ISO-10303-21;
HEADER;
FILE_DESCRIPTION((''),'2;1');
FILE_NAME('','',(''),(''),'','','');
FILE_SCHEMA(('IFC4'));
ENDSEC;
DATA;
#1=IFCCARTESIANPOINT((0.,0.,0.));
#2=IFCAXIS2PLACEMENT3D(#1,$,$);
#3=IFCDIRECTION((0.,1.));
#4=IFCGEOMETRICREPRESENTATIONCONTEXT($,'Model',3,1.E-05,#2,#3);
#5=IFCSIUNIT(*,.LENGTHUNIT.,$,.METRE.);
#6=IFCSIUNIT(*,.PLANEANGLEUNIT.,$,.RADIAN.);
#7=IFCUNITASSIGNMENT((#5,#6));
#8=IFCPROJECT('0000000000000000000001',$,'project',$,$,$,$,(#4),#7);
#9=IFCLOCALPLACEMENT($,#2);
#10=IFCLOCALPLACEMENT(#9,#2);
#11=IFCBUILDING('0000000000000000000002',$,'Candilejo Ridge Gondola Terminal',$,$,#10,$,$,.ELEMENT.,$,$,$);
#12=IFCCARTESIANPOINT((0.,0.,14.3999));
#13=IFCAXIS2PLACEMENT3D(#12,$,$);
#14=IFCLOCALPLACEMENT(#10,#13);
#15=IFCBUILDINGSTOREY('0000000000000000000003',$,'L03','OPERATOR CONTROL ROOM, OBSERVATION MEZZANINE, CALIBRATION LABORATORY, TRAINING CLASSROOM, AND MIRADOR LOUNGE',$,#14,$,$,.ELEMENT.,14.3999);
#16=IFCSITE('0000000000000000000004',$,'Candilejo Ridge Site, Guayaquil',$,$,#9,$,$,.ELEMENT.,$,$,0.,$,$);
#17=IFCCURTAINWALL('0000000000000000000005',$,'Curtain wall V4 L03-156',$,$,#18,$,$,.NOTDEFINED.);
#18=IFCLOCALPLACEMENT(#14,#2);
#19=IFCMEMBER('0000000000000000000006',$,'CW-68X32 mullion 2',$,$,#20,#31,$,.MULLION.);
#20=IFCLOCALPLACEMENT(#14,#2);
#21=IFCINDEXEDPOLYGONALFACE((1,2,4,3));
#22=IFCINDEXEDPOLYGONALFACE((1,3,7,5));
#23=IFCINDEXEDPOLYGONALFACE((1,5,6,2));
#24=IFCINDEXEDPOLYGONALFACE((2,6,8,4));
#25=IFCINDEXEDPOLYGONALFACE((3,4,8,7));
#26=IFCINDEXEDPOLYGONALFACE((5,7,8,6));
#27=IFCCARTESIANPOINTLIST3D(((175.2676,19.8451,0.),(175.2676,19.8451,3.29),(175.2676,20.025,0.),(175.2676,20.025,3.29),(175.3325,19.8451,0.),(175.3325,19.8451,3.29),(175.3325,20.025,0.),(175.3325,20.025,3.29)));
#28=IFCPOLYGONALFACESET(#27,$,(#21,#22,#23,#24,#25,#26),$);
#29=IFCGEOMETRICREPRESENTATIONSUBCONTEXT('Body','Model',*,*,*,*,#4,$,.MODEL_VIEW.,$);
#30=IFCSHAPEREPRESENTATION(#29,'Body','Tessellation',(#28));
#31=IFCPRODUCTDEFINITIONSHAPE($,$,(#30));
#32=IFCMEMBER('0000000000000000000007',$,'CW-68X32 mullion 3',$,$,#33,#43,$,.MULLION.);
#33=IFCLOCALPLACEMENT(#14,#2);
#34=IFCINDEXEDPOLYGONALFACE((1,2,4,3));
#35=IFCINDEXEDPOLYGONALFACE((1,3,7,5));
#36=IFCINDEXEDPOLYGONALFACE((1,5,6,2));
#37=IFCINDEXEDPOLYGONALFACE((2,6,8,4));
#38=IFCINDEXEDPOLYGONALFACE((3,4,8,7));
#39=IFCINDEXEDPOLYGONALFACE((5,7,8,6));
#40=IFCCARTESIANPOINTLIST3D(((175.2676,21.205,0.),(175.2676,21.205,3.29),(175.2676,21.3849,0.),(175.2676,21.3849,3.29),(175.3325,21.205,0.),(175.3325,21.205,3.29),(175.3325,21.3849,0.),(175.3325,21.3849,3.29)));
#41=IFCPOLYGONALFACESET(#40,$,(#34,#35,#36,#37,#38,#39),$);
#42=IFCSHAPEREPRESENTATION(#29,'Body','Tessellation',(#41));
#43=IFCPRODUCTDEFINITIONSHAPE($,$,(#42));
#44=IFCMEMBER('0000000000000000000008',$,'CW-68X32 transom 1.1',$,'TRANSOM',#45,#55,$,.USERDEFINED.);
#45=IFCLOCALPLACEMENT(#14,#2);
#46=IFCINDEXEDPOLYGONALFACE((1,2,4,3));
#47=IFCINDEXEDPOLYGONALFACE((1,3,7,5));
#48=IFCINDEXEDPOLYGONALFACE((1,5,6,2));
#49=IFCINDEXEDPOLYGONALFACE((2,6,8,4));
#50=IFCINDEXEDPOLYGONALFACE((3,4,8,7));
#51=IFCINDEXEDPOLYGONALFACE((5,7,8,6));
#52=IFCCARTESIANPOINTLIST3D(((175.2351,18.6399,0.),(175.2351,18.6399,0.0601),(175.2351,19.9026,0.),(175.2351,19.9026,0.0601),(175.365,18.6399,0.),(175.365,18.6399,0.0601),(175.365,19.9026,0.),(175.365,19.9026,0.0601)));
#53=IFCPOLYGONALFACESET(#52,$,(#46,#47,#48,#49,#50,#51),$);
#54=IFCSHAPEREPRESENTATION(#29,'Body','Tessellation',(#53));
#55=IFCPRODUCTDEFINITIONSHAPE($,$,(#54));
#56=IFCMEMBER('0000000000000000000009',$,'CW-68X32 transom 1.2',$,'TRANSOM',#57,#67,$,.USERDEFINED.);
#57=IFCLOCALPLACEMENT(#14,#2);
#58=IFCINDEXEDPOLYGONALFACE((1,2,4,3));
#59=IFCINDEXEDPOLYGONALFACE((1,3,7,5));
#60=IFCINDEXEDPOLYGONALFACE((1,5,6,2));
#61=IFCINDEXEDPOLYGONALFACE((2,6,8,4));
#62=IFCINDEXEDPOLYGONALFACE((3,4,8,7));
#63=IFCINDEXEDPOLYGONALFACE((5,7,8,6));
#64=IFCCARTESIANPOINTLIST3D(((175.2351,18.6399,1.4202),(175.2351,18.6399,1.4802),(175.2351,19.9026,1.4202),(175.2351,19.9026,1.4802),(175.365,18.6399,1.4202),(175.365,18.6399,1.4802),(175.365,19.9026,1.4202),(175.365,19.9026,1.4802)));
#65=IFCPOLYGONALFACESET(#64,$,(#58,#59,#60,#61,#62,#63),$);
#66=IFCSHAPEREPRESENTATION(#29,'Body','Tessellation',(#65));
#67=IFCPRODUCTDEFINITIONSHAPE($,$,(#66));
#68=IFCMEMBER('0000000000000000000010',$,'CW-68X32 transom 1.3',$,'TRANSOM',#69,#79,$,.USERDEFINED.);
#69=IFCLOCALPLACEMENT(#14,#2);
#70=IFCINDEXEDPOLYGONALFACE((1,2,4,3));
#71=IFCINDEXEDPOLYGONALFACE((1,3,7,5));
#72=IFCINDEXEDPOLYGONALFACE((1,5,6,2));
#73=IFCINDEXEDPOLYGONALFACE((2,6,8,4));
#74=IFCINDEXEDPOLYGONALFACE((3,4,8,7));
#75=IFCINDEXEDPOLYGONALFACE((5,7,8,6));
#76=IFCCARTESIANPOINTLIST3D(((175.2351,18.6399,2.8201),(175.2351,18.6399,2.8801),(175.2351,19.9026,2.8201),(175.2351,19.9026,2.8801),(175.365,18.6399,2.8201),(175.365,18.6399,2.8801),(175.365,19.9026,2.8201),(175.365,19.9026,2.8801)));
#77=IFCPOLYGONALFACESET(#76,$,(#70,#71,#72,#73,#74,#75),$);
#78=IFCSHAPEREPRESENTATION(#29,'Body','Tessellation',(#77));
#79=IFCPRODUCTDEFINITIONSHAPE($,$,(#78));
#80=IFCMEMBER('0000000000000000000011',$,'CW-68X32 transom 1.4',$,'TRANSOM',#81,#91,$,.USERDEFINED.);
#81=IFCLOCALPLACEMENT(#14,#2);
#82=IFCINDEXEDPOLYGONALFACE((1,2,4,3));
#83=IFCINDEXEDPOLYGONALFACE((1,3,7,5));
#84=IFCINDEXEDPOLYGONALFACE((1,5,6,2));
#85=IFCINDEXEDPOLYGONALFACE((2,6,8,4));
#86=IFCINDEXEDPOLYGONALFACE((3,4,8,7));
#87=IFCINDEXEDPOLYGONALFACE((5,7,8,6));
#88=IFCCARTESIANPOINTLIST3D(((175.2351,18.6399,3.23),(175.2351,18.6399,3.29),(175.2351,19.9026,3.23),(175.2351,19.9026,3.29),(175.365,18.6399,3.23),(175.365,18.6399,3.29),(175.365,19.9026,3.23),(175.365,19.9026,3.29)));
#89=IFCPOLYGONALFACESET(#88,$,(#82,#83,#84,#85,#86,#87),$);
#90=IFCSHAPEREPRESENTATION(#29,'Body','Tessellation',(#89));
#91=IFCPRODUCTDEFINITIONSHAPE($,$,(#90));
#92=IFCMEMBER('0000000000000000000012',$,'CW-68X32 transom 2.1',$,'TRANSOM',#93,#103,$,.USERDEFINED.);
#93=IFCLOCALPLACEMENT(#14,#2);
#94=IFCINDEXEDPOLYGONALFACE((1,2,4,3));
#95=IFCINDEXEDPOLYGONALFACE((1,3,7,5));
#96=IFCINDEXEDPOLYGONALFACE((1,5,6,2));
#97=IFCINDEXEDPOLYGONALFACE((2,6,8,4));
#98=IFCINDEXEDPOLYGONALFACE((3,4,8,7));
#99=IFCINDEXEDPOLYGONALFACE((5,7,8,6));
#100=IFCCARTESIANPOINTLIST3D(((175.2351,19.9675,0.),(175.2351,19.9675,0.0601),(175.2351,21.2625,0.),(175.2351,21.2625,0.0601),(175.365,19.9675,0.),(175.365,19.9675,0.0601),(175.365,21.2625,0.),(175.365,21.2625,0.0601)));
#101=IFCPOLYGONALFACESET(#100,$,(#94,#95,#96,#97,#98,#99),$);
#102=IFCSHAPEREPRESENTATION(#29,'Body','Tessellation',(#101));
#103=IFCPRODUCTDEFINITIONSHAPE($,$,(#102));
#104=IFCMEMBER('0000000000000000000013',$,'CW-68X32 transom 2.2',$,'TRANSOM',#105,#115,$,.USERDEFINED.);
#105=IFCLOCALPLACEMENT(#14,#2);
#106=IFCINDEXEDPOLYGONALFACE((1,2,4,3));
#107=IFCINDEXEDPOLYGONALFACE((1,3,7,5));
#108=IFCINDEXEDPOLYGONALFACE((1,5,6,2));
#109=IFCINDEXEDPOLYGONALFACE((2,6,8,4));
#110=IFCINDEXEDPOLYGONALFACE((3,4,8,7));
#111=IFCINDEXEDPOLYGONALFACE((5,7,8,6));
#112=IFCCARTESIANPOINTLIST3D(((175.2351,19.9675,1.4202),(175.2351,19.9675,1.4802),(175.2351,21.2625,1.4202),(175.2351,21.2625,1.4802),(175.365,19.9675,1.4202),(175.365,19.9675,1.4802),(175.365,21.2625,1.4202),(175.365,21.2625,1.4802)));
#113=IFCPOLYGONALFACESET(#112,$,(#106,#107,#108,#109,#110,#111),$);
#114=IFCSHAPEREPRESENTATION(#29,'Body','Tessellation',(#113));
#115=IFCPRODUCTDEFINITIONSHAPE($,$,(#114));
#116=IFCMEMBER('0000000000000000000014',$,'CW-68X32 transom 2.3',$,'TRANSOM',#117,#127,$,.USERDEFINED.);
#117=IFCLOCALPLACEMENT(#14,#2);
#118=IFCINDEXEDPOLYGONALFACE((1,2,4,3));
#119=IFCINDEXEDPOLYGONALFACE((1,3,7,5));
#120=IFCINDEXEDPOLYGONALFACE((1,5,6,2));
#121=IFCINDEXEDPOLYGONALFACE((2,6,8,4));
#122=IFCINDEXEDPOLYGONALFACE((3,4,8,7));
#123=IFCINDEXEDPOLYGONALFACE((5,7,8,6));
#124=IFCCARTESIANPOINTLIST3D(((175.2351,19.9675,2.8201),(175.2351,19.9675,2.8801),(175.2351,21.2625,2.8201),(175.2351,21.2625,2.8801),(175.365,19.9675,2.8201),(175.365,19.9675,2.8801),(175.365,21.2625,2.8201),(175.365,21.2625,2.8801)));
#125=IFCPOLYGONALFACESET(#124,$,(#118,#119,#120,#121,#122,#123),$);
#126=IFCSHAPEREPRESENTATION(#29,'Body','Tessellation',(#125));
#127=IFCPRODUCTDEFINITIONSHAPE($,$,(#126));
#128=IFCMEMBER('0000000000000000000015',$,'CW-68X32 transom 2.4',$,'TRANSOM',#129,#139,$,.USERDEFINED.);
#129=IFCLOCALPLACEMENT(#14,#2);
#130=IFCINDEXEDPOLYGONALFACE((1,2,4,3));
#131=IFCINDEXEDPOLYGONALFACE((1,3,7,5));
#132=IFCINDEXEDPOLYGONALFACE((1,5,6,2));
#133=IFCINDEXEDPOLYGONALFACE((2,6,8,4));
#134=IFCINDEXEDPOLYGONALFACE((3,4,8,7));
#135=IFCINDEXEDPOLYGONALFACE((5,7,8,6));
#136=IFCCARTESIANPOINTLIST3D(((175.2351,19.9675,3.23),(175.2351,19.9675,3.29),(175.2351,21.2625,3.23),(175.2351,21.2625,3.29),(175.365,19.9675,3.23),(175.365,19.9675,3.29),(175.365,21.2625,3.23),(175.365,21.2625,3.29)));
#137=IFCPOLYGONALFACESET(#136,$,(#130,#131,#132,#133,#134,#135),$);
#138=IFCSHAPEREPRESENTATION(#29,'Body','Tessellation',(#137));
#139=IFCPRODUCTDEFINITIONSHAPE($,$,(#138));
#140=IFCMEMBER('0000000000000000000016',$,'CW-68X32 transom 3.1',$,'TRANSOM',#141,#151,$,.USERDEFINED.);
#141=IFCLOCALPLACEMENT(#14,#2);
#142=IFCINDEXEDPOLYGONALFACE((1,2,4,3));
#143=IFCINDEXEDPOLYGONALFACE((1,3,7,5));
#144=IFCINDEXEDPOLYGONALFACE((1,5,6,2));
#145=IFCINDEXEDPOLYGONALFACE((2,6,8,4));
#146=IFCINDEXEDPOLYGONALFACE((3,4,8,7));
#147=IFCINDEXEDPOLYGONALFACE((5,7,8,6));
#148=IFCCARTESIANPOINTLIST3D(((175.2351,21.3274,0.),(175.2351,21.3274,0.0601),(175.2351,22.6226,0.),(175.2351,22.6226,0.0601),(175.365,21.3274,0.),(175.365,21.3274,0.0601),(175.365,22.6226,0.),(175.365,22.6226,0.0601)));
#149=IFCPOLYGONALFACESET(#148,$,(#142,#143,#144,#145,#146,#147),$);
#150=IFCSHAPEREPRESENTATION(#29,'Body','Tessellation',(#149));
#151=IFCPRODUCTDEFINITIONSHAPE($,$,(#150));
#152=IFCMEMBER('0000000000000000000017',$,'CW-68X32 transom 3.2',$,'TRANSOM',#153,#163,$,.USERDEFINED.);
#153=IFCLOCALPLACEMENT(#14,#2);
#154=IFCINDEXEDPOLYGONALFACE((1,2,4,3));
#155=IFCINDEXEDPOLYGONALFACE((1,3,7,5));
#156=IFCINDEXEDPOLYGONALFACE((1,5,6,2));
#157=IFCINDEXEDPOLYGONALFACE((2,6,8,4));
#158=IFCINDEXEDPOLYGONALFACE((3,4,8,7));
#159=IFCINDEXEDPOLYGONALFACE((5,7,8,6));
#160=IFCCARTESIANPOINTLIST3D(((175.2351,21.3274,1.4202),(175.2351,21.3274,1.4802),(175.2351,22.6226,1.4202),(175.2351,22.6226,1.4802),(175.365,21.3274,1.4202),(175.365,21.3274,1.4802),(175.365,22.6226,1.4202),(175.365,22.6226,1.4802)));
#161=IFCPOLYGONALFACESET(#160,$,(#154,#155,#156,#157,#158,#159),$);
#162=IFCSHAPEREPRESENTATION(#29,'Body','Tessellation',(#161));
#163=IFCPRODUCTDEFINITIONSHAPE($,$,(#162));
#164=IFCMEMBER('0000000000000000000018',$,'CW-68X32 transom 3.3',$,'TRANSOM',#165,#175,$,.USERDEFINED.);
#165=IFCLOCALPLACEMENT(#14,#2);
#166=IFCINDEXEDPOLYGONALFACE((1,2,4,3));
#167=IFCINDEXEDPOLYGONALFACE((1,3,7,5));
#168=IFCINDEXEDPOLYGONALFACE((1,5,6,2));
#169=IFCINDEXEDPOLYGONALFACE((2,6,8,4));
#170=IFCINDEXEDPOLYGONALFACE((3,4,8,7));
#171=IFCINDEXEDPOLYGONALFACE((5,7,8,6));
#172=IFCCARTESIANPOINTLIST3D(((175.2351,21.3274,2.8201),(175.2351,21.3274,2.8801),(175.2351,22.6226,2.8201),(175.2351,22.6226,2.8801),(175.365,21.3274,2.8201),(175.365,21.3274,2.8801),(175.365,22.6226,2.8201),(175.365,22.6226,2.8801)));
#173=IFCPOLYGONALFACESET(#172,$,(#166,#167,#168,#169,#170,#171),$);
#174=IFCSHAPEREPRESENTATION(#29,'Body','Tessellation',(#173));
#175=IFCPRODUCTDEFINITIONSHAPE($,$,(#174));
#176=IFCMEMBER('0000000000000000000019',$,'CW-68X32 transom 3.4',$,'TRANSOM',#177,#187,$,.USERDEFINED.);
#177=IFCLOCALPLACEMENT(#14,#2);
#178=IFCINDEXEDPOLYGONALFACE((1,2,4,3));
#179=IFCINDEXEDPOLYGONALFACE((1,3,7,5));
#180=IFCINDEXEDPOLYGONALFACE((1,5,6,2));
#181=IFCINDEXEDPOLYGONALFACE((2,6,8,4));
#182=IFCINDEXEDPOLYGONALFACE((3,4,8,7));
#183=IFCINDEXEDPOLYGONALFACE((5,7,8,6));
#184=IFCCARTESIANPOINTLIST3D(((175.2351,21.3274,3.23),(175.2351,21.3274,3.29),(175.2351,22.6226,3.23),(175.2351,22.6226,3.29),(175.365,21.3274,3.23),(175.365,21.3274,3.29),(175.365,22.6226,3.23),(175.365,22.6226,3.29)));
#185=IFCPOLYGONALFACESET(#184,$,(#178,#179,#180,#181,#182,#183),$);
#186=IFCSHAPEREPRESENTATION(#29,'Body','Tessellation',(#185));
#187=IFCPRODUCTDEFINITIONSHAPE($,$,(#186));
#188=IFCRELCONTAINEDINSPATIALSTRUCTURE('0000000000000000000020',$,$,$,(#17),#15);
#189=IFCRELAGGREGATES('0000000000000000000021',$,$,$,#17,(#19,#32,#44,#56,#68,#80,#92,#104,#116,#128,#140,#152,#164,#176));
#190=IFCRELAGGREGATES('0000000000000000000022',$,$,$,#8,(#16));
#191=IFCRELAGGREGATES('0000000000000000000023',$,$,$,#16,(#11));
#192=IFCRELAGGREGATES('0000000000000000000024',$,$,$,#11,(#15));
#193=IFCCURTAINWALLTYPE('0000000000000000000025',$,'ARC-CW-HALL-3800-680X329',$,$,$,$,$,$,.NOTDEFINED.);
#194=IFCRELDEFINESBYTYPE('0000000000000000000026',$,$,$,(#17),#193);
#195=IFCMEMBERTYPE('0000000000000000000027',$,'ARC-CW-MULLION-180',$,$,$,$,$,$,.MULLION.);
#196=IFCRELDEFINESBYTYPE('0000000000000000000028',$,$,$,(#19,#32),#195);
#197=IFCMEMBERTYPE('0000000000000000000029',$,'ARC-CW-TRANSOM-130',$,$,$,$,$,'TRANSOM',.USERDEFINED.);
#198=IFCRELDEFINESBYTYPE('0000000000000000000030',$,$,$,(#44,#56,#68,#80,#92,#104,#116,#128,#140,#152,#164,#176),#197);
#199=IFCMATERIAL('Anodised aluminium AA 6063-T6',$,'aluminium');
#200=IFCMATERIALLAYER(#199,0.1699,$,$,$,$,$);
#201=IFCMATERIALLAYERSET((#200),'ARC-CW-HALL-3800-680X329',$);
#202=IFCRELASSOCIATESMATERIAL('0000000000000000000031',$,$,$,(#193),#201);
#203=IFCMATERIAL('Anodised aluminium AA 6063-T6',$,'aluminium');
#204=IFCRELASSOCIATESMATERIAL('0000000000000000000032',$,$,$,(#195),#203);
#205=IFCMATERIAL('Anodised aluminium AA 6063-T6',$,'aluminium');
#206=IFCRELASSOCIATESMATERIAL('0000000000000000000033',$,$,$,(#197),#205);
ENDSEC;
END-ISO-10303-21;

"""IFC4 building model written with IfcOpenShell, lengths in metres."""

from ifc_helpers import new_model, si_unit, direction, frame, origin, origin_2d, place, context, subcontext, project, spatial, rectangle, extrude, material, layer, layer_set, material_profile, profile_set, type_object, element, aggregate, save


model = new_model("IFC4")

# Units and contexts
model_context = context("Model", 3, precision=1e-05, world=origin(), true_north=direction((0.0, 1.0)))
body_context = subcontext(model_context, "Body", "Model", "MODEL_VIEW")
ifc_project = project(units=[si_unit("LENGTHUNIT", "METRE"), si_unit("PLANEANGLEUNIT", "RADIAN")], contexts=[model_context])

# Site, building, storey
site_placement = place(None, origin())
site = spatial("IfcSite", under=ifc_project, at=site_placement, Name="Candilejo Ridge Site, Guayaquil", CompositionType="ELEMENT", RefElevation=0.0)
building_placement = place(site_placement, origin())
building = spatial("IfcBuilding", under=site, at=building_placement, Name="Candilejo Ridge Gondola Terminal", CompositionType="ELEMENT")
storey_placement = place(building_placement, frame((0.0, 0.0, 14.3999)))
storey = spatial("IfcBuildingStorey", under=building, at=storey_placement, Name="L03", Description="OPERATOR CONTROL ROOM, OBSERVATION MEZZANINE, CALIBRATION LABORATORY, TRAINING CLASSROOM, AND MIRADOR LOUNGE", CompositionType="ELEMENT", Elevation=14.3999)

# Curtain wall, members
ifc_material_1 = material(Name="Anodised aluminium AA 6063-T6", Category="aluminium")
ifc_layer_1 = layer(ifc_material_1, 0.1699)
ifc_layer_set_1 = layer_set([ifc_layer_1], Name="ARC-CW-HALL-3800-680X329")
curtain_wall_type = type_object("IfcCurtainWallType", Name="ARC-CW-HALL-3800-680X329", PredefinedType="NOTDEFINED", material=ifc_layer_set_1)
curtain_wall_placement = place(storey_placement, origin())
curtain_wall = element("IfcCurtainWall", 1, at=curtain_wall_placement, inside=storey, type_object=curtain_wall_type, Name="Curtain wall V4 L03-156", PredefinedType="NOTDEFINED")
ifc_material_2 = material(Name="Anodised aluminium AA 6063-T6", Category="aluminium")
ifc_material_profile_1 = material_profile(ifc_material_2, rectangle(XDim=0.0649, YDim=0.1799, at=origin_2d()))
ifc_profile_set_1 = profile_set([ifc_material_profile_1], Name="Anodised aluminium AA 6063-T6")
member_type_1 = type_object("IfcMemberType", Name="ARC-CW-MULLION-180", PredefinedType="MULLION", material=ifc_profile_set_1)
member_1_placement = place(storey_placement, frame((175.3, 19.9351, 0.0), z_axis=(0.0, 0.0, 1.0), x_axis=(-1.0, 0.0, 0.0)))
member_1 = element("IfcMember", 2, at=member_1_placement, type_object=member_type_1, Name="CW-68X32 mullion 2", PredefinedType="MULLION", context=body_context, shape_type="SweptSolid", body=[
    extrude(rectangle(XDim=0.0649, YDim=0.1799, at=origin_2d()), origin(), (0.0, 0.0, 1.0), 3.29),
])
member_2_placement = place(storey_placement, frame((175.3, 21.2949, 0.0), z_axis=(0.0, 0.0, 1.0), x_axis=(-1.0, 0.0, 0.0)))
member_2 = element("IfcMember", 3, at=member_2_placement, type_object=member_type_1, Name="CW-68X32 mullion 3", PredefinedType="MULLION", context=body_context, shape_type="SweptSolid", body=[
    extrude(rectangle(XDim=0.0649, YDim=0.1799, at=origin_2d()), origin(), (0.0, 0.0, 1.0), 3.29),
])
ifc_material_3 = material(Name="Anodised aluminium AA 6063-T6", Category="aluminium")
ifc_material_profile_2 = material_profile(ifc_material_3, rectangle(XDim=0.1299, YDim=0.0601, at=origin_2d()))
ifc_profile_set_2 = profile_set([ifc_material_profile_2], Name="Anodised aluminium AA 6063-T6")
member_type_2 = type_object("IfcMemberType", Name="ARC-CW-TRANSOM-130", ElementType="TRANSOM", PredefinedType="USERDEFINED", material=ifc_profile_set_2)
member_3_placement = place(storey_placement, frame((175.3, 18.6399, 0.03), z_axis=(0.0, 1.0, 0.0), x_axis=(-1.0, 0.0, 0.0)))
member_3 = element("IfcMember", 4, at=member_3_placement, type_object=member_type_2, Name="CW-68X32 transom 1.1", ObjectType="TRANSOM", PredefinedType="USERDEFINED", context=body_context, shape_type="SweptSolid", body=[
    extrude(rectangle(XDim=0.1299, YDim=0.0601, at=origin_2d()), origin(), (0.0, 0.0, 1.0), 1.2627),
])
member_4_placement = place(storey_placement, frame((175.3, 18.6399, 1.4502), z_axis=(0.0, 1.0, 0.0), x_axis=(-1.0, 0.0, 0.0)))
member_4 = element("IfcMember", 5, at=member_4_placement, type_object=member_type_2, Name="CW-68X32 transom 1.2", ObjectType="TRANSOM", PredefinedType="USERDEFINED", context=body_context, shape_type="SweptSolid", body=[
    extrude(rectangle(XDim=0.1299, YDim=0.0601, at=origin_2d()), origin(), (0.0, 0.0, 1.0), 1.2627),
])
member_5_placement = place(storey_placement, frame((175.3, 18.6399, 2.8501), z_axis=(0.0, 1.0, 0.0), x_axis=(-1.0, 0.0, 0.0)))
member_5 = element("IfcMember", 6, at=member_5_placement, type_object=member_type_2, Name="CW-68X32 transom 1.3", ObjectType="TRANSOM", PredefinedType="USERDEFINED", context=body_context, shape_type="SweptSolid", body=[
    extrude(rectangle(XDim=0.1299, YDim=0.0601, at=origin_2d()), origin(), (0.0, 0.0, 1.0), 1.2627),
])
member_6_placement = place(storey_placement, frame((175.3, 18.6399, 3.26), z_axis=(0.0, 1.0, 0.0), x_axis=(-1.0, 0.0, 0.0)))
member_6 = element("IfcMember", 7, at=member_6_placement, type_object=member_type_2, Name="CW-68X32 transom 1.4", ObjectType="TRANSOM", PredefinedType="USERDEFINED", context=body_context, shape_type="SweptSolid", body=[
    extrude(rectangle(XDim=0.1299, YDim=0.0601, at=origin_2d()), origin(), (0.0, 0.0, 1.0), 1.2627),
])
member_7_placement = place(storey_placement, frame((175.3, 19.9675, 0.03), z_axis=(0.0, 1.0, 0.0), x_axis=(-1.0, 0.0, 0.0)))
member_7 = element("IfcMember", 8, at=member_7_placement, type_object=member_type_2, Name="CW-68X32 transom 2.1", ObjectType="TRANSOM", PredefinedType="USERDEFINED", context=body_context, shape_type="SweptSolid", body=[
    extrude(rectangle(XDim=0.1299, YDim=0.0601, at=origin_2d()), origin(), (0.0, 0.0, 1.0), 1.2949),
])
member_8_placement = place(storey_placement, frame((175.3, 19.9675, 1.4502), z_axis=(0.0, 1.0, 0.0), x_axis=(-1.0, 0.0, 0.0)))
member_8 = element("IfcMember", 9, at=member_8_placement, type_object=member_type_2, Name="CW-68X32 transom 2.2", ObjectType="TRANSOM", PredefinedType="USERDEFINED", context=body_context, shape_type="SweptSolid", body=[
    extrude(rectangle(XDim=0.1299, YDim=0.0601, at=origin_2d()), origin(), (0.0, 0.0, 1.0), 1.2949),
])
member_9_placement = place(storey_placement, frame((175.3, 19.9675, 2.8501), z_axis=(0.0, 1.0, 0.0), x_axis=(-1.0, 0.0, 0.0)))
member_9 = element("IfcMember", 10, at=member_9_placement, type_object=member_type_2, Name="CW-68X32 transom 2.3", ObjectType="TRANSOM", PredefinedType="USERDEFINED", context=body_context, shape_type="SweptSolid", body=[
    extrude(rectangle(XDim=0.1299, YDim=0.0601, at=origin_2d()), origin(), (0.0, 0.0, 1.0), 1.2949),
])
member_10_placement = place(storey_placement, frame((175.3, 19.9675, 3.26), z_axis=(0.0, 1.0, 0.0), x_axis=(-1.0, 0.0, 0.0)))
member_10 = element("IfcMember", 11, at=member_10_placement, type_object=member_type_2, Name="CW-68X32 transom 2.4", ObjectType="TRANSOM", PredefinedType="USERDEFINED", context=body_context, shape_type="SweptSolid", body=[
    extrude(rectangle(XDim=0.1299, YDim=0.0601, at=origin_2d()), origin(), (0.0, 0.0, 1.0), 1.2949),
])
member_11_placement = place(storey_placement, frame((175.3, 21.3274, 0.03), z_axis=(0.0, 1.0, 0.0), x_axis=(-1.0, 0.0, 0.0)))
member_11 = element("IfcMember", 12, at=member_11_placement, type_object=member_type_2, Name="CW-68X32 transom 3.1", ObjectType="TRANSOM", PredefinedType="USERDEFINED", context=body_context, shape_type="SweptSolid", body=[
    extrude(rectangle(XDim=0.1299, YDim=0.0601, at=origin_2d()), origin(), (0.0, 0.0, 1.0), 1.2952),
])
member_12_placement = place(storey_placement, frame((175.3, 21.3274, 1.4502), z_axis=(0.0, 1.0, 0.0), x_axis=(-1.0, 0.0, 0.0)))
member_12 = element("IfcMember", 13, at=member_12_placement, type_object=member_type_2, Name="CW-68X32 transom 3.2", ObjectType="TRANSOM", PredefinedType="USERDEFINED", context=body_context, shape_type="SweptSolid", body=[
    extrude(rectangle(XDim=0.1299, YDim=0.0601, at=origin_2d()), origin(), (0.0, 0.0, 1.0), 1.2952),
])
member_13_placement = place(storey_placement, frame((175.3, 21.3274, 2.8501), z_axis=(0.0, 1.0, 0.0), x_axis=(-1.0, 0.0, 0.0)))
member_13 = element("IfcMember", 14, at=member_13_placement, type_object=member_type_2, Name="CW-68X32 transom 3.3", ObjectType="TRANSOM", PredefinedType="USERDEFINED", context=body_context, shape_type="SweptSolid", body=[
    extrude(rectangle(XDim=0.1299, YDim=0.0601, at=origin_2d()), origin(), (0.0, 0.0, 1.0), 1.2952),
])
member_14_placement = place(storey_placement, frame((175.3, 21.3274, 3.26), z_axis=(0.0, 1.0, 0.0), x_axis=(-1.0, 0.0, 0.0)))
member_14 = element("IfcMember", 15, at=member_14_placement, type_object=member_type_2, Name="CW-68X32 transom 3.4", ObjectType="TRANSOM", PredefinedType="USERDEFINED", context=body_context, shape_type="SweptSolid", body=[
    extrude(rectangle(XDim=0.1299, YDim=0.0601, at=origin_2d()), origin(), (0.0, 0.0, 1.0), 1.2952),
])
aggregate(curtain_wall, [member_1, member_2, member_3, member_4, member_5, member_6, member_7, member_8, member_9, member_10, member_11, member_12, member_13, member_14])

save(model, "model.ifc")
